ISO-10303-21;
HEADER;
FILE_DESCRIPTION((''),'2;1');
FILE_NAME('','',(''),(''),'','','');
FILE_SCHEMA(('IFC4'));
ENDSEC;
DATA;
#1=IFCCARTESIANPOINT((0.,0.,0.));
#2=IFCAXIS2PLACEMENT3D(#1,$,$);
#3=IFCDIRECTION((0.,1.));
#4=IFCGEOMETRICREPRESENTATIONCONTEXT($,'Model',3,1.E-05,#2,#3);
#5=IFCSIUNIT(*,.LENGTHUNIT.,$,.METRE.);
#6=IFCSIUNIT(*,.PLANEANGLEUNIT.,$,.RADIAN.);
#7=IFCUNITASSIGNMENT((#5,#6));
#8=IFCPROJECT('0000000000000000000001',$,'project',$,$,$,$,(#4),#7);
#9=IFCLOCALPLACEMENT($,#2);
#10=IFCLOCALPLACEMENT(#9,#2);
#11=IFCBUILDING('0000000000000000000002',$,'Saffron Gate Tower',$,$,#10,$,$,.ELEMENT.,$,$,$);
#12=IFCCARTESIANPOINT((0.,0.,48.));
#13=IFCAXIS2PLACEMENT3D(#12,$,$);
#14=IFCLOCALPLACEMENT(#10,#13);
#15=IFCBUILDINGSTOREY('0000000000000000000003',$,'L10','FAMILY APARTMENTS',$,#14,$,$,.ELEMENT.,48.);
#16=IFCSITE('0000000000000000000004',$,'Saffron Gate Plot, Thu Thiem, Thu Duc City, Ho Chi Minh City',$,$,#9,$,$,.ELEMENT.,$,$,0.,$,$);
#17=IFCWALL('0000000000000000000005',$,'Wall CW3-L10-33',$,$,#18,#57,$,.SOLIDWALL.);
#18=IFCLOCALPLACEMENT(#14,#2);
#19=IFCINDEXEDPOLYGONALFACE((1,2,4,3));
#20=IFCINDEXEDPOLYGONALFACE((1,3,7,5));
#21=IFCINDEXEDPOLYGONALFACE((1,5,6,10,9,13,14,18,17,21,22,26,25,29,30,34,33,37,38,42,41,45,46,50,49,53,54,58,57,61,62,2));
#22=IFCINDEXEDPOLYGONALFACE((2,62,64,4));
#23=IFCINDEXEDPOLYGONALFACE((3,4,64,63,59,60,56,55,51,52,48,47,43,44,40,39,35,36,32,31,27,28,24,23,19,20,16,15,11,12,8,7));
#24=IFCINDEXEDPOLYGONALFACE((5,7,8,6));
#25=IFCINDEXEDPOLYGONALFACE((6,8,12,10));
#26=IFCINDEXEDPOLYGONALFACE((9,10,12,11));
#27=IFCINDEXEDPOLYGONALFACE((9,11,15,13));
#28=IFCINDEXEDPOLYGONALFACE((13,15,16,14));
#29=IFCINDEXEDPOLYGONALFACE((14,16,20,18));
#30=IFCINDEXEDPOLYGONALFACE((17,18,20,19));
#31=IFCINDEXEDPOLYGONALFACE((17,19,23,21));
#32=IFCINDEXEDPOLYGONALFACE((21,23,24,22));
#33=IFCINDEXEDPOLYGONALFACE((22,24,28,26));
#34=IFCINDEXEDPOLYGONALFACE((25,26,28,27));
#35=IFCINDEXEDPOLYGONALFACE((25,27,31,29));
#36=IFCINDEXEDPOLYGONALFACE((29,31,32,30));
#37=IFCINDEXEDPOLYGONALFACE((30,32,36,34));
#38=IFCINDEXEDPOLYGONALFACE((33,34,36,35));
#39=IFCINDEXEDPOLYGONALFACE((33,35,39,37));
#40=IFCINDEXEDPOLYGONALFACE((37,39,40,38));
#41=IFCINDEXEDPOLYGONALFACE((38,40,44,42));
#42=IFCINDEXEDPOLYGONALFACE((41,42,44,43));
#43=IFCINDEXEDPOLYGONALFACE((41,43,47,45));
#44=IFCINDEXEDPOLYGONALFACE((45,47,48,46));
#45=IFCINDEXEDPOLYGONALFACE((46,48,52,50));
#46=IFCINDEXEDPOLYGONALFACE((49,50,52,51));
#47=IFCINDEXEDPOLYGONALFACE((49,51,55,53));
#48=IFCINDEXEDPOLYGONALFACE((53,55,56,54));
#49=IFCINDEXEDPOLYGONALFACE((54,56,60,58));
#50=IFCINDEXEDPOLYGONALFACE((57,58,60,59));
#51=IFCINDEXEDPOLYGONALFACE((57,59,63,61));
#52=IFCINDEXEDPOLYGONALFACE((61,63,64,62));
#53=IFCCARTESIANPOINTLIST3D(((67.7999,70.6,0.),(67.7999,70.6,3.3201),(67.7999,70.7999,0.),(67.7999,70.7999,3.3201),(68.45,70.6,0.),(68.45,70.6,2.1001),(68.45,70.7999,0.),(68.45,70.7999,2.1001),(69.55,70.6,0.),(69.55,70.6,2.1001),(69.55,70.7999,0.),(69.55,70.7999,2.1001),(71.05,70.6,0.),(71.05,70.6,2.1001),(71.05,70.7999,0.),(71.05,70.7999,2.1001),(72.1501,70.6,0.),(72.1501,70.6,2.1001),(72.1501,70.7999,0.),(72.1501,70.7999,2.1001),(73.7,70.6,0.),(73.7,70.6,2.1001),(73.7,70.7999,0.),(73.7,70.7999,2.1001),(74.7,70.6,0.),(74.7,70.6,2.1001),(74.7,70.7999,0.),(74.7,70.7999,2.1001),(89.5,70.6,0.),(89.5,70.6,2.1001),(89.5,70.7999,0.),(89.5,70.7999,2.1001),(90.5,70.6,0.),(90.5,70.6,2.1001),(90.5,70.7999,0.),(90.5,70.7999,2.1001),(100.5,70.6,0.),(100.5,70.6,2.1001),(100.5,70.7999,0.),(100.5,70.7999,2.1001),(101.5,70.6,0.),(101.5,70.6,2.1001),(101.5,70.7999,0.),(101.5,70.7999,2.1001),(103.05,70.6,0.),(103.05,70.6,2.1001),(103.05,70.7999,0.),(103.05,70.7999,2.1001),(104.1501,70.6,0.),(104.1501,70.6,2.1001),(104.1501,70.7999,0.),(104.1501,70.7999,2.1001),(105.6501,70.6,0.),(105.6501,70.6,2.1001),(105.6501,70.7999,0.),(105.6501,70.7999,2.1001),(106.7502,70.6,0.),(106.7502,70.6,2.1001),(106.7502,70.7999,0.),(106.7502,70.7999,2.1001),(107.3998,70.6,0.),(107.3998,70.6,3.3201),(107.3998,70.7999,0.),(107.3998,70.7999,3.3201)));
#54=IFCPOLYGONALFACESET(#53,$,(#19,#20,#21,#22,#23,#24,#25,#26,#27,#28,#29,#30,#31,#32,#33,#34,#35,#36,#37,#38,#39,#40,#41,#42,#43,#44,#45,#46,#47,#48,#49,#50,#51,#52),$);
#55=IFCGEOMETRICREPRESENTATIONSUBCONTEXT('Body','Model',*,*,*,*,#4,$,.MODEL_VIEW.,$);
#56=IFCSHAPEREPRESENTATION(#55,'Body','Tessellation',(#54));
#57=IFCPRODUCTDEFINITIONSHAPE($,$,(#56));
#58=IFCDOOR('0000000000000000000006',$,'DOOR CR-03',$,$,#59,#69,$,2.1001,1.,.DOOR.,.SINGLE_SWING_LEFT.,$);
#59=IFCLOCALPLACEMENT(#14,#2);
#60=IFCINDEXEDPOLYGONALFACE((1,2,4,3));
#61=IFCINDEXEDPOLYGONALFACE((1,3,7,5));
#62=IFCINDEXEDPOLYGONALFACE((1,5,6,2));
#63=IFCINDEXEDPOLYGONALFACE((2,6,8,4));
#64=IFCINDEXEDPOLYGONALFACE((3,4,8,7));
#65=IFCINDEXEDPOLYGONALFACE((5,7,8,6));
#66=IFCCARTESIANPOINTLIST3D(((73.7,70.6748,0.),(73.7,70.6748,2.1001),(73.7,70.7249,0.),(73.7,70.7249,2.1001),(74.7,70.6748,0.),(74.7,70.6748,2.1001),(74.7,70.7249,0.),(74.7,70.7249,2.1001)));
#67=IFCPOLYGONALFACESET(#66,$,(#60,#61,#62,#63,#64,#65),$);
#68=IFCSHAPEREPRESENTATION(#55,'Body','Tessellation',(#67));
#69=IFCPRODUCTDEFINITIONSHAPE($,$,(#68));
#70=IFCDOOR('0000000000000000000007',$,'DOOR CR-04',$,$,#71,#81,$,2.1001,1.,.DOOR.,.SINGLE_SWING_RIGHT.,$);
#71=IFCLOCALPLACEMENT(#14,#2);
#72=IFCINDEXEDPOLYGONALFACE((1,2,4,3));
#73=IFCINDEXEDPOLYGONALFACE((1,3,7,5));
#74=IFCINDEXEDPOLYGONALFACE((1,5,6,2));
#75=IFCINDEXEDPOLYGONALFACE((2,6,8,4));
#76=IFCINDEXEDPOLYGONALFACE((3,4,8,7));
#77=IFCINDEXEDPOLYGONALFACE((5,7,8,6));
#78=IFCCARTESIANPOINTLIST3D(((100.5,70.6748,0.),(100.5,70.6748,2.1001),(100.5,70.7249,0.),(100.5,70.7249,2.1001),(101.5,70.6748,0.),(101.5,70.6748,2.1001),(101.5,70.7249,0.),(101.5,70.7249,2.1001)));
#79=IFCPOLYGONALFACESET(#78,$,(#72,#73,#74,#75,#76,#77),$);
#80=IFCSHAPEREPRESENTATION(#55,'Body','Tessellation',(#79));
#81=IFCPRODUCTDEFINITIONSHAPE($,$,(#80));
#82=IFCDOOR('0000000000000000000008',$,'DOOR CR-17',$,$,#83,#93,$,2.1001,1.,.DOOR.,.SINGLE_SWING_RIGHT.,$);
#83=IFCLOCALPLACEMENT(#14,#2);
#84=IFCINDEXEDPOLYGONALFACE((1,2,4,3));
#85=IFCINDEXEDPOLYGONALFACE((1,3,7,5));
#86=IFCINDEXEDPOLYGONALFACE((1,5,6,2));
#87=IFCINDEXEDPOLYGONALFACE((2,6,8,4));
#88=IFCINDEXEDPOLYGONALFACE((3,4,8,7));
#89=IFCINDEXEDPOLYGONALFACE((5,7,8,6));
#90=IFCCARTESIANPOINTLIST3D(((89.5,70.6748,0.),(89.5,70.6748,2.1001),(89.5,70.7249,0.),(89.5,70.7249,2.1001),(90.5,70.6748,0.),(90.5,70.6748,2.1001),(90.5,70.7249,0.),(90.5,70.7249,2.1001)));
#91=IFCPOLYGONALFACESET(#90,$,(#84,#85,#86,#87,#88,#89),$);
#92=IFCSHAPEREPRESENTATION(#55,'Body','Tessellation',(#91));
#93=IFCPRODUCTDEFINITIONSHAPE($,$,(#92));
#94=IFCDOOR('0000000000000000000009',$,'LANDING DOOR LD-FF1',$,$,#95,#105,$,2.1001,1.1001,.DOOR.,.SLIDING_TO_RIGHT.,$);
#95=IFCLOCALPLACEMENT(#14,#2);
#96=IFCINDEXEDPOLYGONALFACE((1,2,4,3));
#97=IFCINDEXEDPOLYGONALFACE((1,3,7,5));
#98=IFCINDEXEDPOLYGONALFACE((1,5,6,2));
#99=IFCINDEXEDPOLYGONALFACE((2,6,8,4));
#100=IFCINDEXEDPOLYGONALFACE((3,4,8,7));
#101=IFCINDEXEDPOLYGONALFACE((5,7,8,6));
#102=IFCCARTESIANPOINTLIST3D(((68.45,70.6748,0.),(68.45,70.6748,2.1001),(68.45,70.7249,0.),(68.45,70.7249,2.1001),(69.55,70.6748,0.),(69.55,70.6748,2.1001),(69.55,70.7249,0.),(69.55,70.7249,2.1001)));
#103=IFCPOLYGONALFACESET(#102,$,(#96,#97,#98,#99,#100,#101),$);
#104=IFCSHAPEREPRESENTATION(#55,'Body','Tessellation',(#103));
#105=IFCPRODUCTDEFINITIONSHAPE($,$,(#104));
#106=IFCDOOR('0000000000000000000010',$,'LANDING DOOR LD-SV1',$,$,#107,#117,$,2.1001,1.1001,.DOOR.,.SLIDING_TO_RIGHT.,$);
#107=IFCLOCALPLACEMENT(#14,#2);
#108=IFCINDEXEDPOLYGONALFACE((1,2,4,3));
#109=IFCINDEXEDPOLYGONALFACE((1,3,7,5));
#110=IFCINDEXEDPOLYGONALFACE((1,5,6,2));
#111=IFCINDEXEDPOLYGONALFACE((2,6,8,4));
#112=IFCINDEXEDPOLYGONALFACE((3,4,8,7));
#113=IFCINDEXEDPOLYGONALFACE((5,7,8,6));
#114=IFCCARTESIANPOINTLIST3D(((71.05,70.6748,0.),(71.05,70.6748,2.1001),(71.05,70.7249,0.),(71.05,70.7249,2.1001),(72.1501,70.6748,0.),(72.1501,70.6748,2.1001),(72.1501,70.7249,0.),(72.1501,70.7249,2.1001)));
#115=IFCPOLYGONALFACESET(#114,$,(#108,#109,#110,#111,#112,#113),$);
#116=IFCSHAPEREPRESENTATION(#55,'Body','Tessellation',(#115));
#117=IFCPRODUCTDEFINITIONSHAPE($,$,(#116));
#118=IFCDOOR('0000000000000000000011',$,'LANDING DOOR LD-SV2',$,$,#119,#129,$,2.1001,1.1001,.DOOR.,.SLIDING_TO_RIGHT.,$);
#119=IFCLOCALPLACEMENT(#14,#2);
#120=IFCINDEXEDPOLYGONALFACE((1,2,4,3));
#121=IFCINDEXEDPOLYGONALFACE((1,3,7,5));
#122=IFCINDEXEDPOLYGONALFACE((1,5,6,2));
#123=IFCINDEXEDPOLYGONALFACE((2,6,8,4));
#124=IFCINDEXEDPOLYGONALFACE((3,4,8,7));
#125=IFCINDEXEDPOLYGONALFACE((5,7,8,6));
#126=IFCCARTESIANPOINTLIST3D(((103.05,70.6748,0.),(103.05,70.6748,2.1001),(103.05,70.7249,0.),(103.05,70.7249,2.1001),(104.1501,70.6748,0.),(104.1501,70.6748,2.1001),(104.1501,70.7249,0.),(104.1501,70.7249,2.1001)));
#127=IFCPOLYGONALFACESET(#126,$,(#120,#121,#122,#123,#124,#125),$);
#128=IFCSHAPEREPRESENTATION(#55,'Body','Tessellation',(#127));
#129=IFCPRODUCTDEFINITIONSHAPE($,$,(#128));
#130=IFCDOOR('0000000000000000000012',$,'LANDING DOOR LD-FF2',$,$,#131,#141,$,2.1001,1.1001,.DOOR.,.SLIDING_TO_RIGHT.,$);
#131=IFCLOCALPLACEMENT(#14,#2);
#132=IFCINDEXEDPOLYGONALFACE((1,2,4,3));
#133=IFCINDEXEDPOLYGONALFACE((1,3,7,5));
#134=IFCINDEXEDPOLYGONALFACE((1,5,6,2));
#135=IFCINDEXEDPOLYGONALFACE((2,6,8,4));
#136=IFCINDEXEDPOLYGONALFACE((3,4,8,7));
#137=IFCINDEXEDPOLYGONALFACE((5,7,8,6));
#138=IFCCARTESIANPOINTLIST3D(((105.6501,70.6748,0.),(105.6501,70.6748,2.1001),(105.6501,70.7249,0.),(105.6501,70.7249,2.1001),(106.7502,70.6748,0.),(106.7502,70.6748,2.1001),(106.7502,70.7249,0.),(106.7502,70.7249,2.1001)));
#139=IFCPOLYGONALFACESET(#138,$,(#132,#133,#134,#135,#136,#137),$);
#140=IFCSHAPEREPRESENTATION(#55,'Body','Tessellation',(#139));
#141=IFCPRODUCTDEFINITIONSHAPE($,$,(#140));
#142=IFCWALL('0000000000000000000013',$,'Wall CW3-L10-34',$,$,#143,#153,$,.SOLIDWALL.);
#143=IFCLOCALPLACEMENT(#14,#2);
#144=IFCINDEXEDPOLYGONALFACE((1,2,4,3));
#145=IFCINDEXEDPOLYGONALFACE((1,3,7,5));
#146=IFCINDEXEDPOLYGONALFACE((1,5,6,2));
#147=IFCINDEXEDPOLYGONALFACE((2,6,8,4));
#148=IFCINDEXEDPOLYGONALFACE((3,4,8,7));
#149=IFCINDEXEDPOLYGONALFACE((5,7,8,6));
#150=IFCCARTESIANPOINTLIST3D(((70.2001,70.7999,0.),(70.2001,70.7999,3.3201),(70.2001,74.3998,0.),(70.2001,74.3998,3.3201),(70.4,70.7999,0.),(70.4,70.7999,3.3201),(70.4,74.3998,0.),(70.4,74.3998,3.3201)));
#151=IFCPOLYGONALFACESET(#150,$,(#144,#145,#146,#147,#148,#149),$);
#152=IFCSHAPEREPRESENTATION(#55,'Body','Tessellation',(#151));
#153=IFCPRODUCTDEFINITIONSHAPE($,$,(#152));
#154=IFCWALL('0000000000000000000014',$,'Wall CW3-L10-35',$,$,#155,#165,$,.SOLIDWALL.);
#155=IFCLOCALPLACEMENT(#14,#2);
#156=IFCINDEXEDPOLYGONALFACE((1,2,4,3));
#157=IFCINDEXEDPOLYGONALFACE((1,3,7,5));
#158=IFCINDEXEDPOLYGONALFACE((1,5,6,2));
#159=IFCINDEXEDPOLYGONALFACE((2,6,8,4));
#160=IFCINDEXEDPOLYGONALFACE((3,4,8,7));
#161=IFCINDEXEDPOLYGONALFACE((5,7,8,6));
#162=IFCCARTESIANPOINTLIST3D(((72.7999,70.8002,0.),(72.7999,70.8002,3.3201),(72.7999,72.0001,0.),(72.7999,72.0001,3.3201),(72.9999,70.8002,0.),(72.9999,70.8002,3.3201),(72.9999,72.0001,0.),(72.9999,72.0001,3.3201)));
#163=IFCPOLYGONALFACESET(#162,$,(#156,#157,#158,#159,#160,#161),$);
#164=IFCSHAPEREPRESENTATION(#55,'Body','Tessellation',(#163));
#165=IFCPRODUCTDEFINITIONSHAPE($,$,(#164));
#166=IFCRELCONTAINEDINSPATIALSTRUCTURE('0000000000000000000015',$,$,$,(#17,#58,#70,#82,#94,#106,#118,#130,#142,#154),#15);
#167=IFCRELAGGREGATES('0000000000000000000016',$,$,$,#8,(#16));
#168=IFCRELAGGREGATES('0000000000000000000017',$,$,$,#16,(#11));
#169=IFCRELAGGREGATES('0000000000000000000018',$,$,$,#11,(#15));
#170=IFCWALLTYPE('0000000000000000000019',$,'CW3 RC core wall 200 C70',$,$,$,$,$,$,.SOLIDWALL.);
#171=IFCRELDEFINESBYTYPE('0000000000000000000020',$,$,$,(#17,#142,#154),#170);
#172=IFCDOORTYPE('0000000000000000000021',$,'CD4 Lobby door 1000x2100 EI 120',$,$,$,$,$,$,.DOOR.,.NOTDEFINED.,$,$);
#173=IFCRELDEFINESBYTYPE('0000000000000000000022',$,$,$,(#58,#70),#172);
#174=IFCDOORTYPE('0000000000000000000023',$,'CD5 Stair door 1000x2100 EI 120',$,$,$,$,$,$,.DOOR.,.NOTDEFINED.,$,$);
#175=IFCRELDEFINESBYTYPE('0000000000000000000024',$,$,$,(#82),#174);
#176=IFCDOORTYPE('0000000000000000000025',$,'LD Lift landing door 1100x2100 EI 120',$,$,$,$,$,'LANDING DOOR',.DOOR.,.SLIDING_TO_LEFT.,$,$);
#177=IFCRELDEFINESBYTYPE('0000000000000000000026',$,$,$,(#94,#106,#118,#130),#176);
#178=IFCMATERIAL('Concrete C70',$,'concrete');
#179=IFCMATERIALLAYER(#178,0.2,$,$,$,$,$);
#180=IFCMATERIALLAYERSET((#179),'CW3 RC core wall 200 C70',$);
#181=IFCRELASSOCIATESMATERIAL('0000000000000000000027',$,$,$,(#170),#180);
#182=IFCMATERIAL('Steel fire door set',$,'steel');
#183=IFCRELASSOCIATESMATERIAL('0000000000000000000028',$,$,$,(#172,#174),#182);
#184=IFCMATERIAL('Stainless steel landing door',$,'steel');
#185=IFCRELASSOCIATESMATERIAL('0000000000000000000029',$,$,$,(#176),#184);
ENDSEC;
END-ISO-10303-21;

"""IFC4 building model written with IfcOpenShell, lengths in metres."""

from ifc_helpers import new_model, si_unit, direction, frame, frame_2d, origin, place, context, subcontext, project, spatial, rectangle, extrude, material, layer, layer_set, type_object, element, fill, save


model = new_model("IFC4")

# Units and contexts
model_context = context("Model", 3, precision=1e-05, world=origin(), true_north=direction((0.0, 1.0)))
body_context = subcontext(model_context, "Body", "Model", "MODEL_VIEW")
ifc_project = project(units=[si_unit("LENGTHUNIT", "METRE"), si_unit("PLANEANGLEUNIT", "RADIAN")], contexts=[model_context])

# Site, building, storey
site_placement = place(None, origin())
site = spatial("IfcSite", under=ifc_project, at=site_placement, Name="Saffron Gate Plot, Thu Thiem, Thu Duc City, Ho Chi Minh City", CompositionType="ELEMENT", RefElevation=0.0)
building_placement = place(site_placement, origin())
building = spatial("IfcBuilding", under=site, at=building_placement, Name="Saffron Gate Tower", CompositionType="ELEMENT")
storey_placement = place(building_placement, frame((0.0, 0.0, 48.0)))
storey = spatial("IfcBuildingStorey", under=building, at=storey_placement, Name="L10", Description="FAMILY APARTMENTS", CompositionType="ELEMENT", Elevation=48.0)

# Shared definitions
ifc_material_1 = material(Name="Concrete C70", Category="concrete")

# Wall, openings, doors
ifc_layer_1 = layer(ifc_material_1, 0.2)
ifc_layer_set_1 = layer_set([ifc_layer_1], Name="CW3 RC core wall 200 C70")
wall_type_1 = type_object("IfcWallType", Name="CW3 RC core wall 200 C70", PredefinedType="SOLIDWALL", material=ifc_layer_set_1)
wall_1_placement = place(storey_placement, frame((67.8, 70.7, 0.0), z_axis=(0.0, 0.0, 1.0), x_axis=(1.0, 0.0, 0.0)))
wall_1 = element("IfcWall", 1, at=wall_1_placement, inside=storey, type_object=wall_type_1, Name="Wall CW3-L10-33", PredefinedType="SOLIDWALL", context=body_context, shape_type="SweptSolid", body=[
    extrude(rectangle(XDim=39.5999, YDim=0.2, at=frame_2d((19.7998, 0.0))), origin(), (0.0, 0.0, 1.0), 3.3201),
])
opening_1_placement = place(wall_1_placement, frame((0.6499, 0.0, 0.0)))
opening_1 = element("IfcOpeningElement", 2, at=opening_1_placement, cuts=wall_1, PredefinedType="OPENING", context=body_context, shape_type="SweptSolid", body=[
    extrude(rectangle(XDim=1.1001, YDim=2.1001, at=frame_2d((0.55, 1.05))), frame((0.0, 0.1099, 0.0), z_axis=(0.0, -1.0, 0.0), x_axis=(1.0, 0.0, 0.0)), (0.0, 0.0, 1.0), 0.22),
])
opening_2_placement = place(wall_1_placement, frame((3.25, 0.0, 0.0)))
opening_2 = element("IfcOpeningElement", 3, at=opening_2_placement, cuts=wall_1, PredefinedType="OPENING", context=body_context, shape_type="SweptSolid", body=[
    extrude(rectangle(XDim=1.1001, YDim=2.1001, at=frame_2d((0.55, 1.05))), frame((0.0, 0.1099, 0.0), z_axis=(0.0, -1.0, 0.0), x_axis=(1.0, 0.0, 0.0)), (0.0, 0.0, 1.0), 0.22),
])
opening_3_placement = place(wall_1_placement, frame((5.8999, 0.0, 0.0)))
opening_3 = element("IfcOpeningElement", 4, at=opening_3_placement, cuts=wall_1, PredefinedType="OPENING", context=body_context, shape_type="SweptSolid", body=[
    extrude(rectangle(XDim=1.0, YDim=2.1001, at=frame_2d((0.5, 1.05))), frame((0.0, 0.1099, 0.0), z_axis=(0.0, -1.0, 0.0), x_axis=(1.0, 0.0, 0.0)), (0.0, 0.0, 1.0), 0.22),
])
opening_4_placement = place(wall_1_placement, frame((21.7, 0.0, 0.0)))
opening_4 = element("IfcOpeningElement", 5, at=opening_4_placement, cuts=wall_1, PredefinedType="OPENING", context=body_context, shape_type="SweptSolid", body=[
    extrude(rectangle(XDim=1.0, YDim=2.1001, at=frame_2d((0.5, 1.05))), frame((0.0, 0.1099, 0.0), z_axis=(0.0, -1.0, 0.0), x_axis=(1.0, 0.0, 0.0)), (0.0, 0.0, 1.0), 0.22),
])
opening_5_placement = place(wall_1_placement, frame((32.7, 0.0, 0.0)))
opening_5 = element("IfcOpeningElement", 6, at=opening_5_placement, cuts=wall_1, PredefinedType="OPENING", context=body_context, shape_type="SweptSolid", body=[
    extrude(rectangle(XDim=1.0, YDim=2.1001, at=frame_2d((0.5, 1.05))), frame((0.0, 0.1099, 0.0), z_axis=(0.0, -1.0, 0.0), x_axis=(1.0, 0.0, 0.0)), (0.0, 0.0, 1.0), 0.22),
])
opening_6_placement = place(wall_1_placement, frame((35.25, 0.0, 0.0)))
opening_6 = element("IfcOpeningElement", 7, at=opening_6_placement, cuts=wall_1, PredefinedType="OPENING", context=body_context, shape_type="SweptSolid", body=[
    extrude(rectangle(XDim=1.1001, YDim=2.1001, at=frame_2d((0.55, 1.05))), frame((0.0, 0.1099, 0.0), z_axis=(0.0, -1.0, 0.0), x_axis=(1.0, 0.0, 0.0)), (0.0, 0.0, 1.0), 0.22),
])
opening_7_placement = place(wall_1_placement, frame((37.8501, 0.0, 0.0)))
opening_7 = element("IfcOpeningElement", 8, at=opening_7_placement, cuts=wall_1, PredefinedType="OPENING", context=body_context, shape_type="SweptSolid", body=[
    extrude(rectangle(XDim=1.1001, YDim=2.1001, at=frame_2d((0.55, 1.05))), frame((0.0, 0.1099, 0.0), z_axis=(0.0, -1.0, 0.0), x_axis=(1.0, 0.0, 0.0)), (0.0, 0.0, 1.0), 0.22),
])
ifc_material_2 = material(Name="Steel fire door set", Category="steel")
door_type_1 = type_object("IfcDoorType", Name="CD4 Lobby door 1000x2100 EI 120", OperationType="NOTDEFINED", PredefinedType="DOOR", material=ifc_material_2)
door_1_placement = place(opening_3_placement, origin())
door_1 = element("IfcDoor", 9, at=door_1_placement, inside=storey, type_object=door_type_1, Name="DOOR CR-03", OperationType="SINGLE_SWING_LEFT", OverallHeight=2.1001, OverallWidth=1.0, PredefinedType="DOOR", context=body_context, shape_type="SweptSolid", body=[
    extrude(rectangle(XDim=1.0, YDim=2.1001, at=frame_2d((0.5, 1.05))), frame((0.0, 0.0249, 0.0), z_axis=(0.0, -1.0, 0.0), x_axis=(1.0, 0.0, 0.0)), (0.0, 0.0, 1.0), 0.05),
])
fill(opening_3, door_1)
door_2_placement = place(opening_5_placement, origin())
door_2 = element("IfcDoor", 10, at=door_2_placement, inside=storey, type_object=door_type_1, Name="DOOR CR-04", OperationType="SINGLE_SWING_RIGHT", OverallHeight=2.1001, OverallWidth=1.0, PredefinedType="DOOR", context=body_context, shape_type="SweptSolid", body=[
    extrude(rectangle(XDim=1.0, YDim=2.1001, at=frame_2d((0.5, 1.05))), frame((0.0, 0.0249, 0.0), z_axis=(0.0, -1.0, 0.0), x_axis=(1.0, 0.0, 0.0)), (0.0, 0.0, 1.0), 0.05),
])
fill(opening_5, door_2)
door_type_2 = type_object("IfcDoorType", Name="CD5 Stair door 1000x2100 EI 120", OperationType="NOTDEFINED", PredefinedType="DOOR", material=ifc_material_2)
door_3_placement = place(opening_4_placement, origin())
door_3 = element("IfcDoor", 11, at=door_3_placement, inside=storey, type_object=door_type_2, Name="DOOR CR-17", OperationType="SINGLE_SWING_RIGHT", OverallHeight=2.1001, OverallWidth=1.0, PredefinedType="DOOR", context=body_context, shape_type="SweptSolid", body=[
    extrude(rectangle(XDim=1.0, YDim=2.1001, at=frame_2d((0.5, 1.05))), frame((0.0, 0.0249, 0.0), z_axis=(0.0, -1.0, 0.0), x_axis=(1.0, 0.0, 0.0)), (0.0, 0.0, 1.0), 0.05),
])
fill(opening_4, door_3)
ifc_material_3 = material(Name="Stainless steel landing door", Category="steel")
door_type_3 = type_object("IfcDoorType", Name="LD Lift landing door 1100x2100 EI 120", ElementType="LANDING DOOR", OperationType="SLIDING_TO_LEFT", PredefinedType="DOOR", material=ifc_material_3)
door_4_placement = place(opening_1_placement, origin())
door_4 = element("IfcDoor", 12, at=door_4_placement, inside=storey, type_object=door_type_3, Name="LANDING DOOR LD-FF1", OperationType="SLIDING_TO_RIGHT", OverallHeight=2.1001, OverallWidth=1.1001, PredefinedType="DOOR", context=body_context, shape_type="SweptSolid", body=[
    extrude(rectangle(XDim=1.1001, YDim=2.1001, at=frame_2d((0.55, 1.05))), frame((0.0, 0.0249, 0.0), z_axis=(0.0, -1.0, 0.0), x_axis=(1.0, 0.0, 0.0)), (0.0, 0.0, 1.0), 0.05),
])
fill(opening_1, door_4)
door_5_placement = place(opening_2_placement, origin())
door_5 = element("IfcDoor", 13, at=door_5_placement, inside=storey, type_object=door_type_3, Name="LANDING DOOR LD-SV1", OperationType="SLIDING_TO_RIGHT", OverallHeight=2.1001, OverallWidth=1.1001, PredefinedType="DOOR", context=body_context, shape_type="SweptSolid", body=[
    extrude(rectangle(XDim=1.1001, YDim=2.1001, at=frame_2d((0.55, 1.05))), frame((0.0, 0.0249, 0.0), z_axis=(0.0, -1.0, 0.0), x_axis=(1.0, 0.0, 0.0)), (0.0, 0.0, 1.0), 0.05),
])
fill(opening_2, door_5)
door_6_placement = place(opening_6_placement, origin())
door_6 = element("IfcDoor", 14, at=door_6_placement, inside=storey, type_object=door_type_3, Name="LANDING DOOR LD-SV2", OperationType="SLIDING_TO_RIGHT", OverallHeight=2.1001, OverallWidth=1.1001, PredefinedType="DOOR", context=body_context, shape_type="SweptSolid", body=[
    extrude(rectangle(XDim=1.1001, YDim=2.1001, at=frame_2d((0.55, 1.05))), frame((0.0, 0.0249, 0.0), z_axis=(0.0, -1.0, 0.0), x_axis=(1.0, 0.0, 0.0)), (0.0, 0.0, 1.0), 0.05),
])
fill(opening_6, door_6)
door_7_placement = place(opening_7_placement, origin())
door_7 = element("IfcDoor", 15, at=door_7_placement, inside=storey, type_object=door_type_3, Name="LANDING DOOR LD-FF2", OperationType="SLIDING_TO_RIGHT", OverallHeight=2.1001, OverallWidth=1.1001, PredefinedType="DOOR", context=body_context, shape_type="SweptSolid", body=[
    extrude(rectangle(XDim=1.1001, YDim=2.1001, at=frame_2d((0.55, 1.05))), frame((0.0, 0.0249, 0.0), z_axis=(0.0, -1.0, 0.0), x_axis=(1.0, 0.0, 0.0)), (0.0, 0.0, 1.0), 0.05),
])
fill(opening_7, door_7)

# Walls
wall_2_placement = place(storey_placement, frame((70.3, 70.8, 0.0), z_axis=(0.0, 0.0, 1.0), x_axis=(0.0, 1.0, 0.0)))
element("IfcWall", 16, at=wall_2_placement, inside=storey, type_object=wall_type_1, Name="Wall CW3-L10-34", PredefinedType="SOLIDWALL", context=body_context, shape_type="SweptSolid", body=[
    extrude(rectangle(XDim=3.5999, YDim=0.2, at=frame_2d((1.7998, 0.0))), origin(), (0.0, 0.0, 1.0), 3.3201),
])
wall_3_placement = place(storey_placement, frame((72.8999, 70.8, 0.0), z_axis=(0.0, 0.0, 1.0), x_axis=(0.0, 1.0, 0.0)))
element("IfcWall", 17, at=wall_3_placement, inside=storey, type_object=wall_type_1, Name="Wall CW3-L10-35", PredefinedType="SOLIDWALL", context=body_context, shape_type="SweptSolid", body=[
    extrude(rectangle(XDim=1.2, YDim=0.2, at=frame_2d((0.6001, 0.0))), origin(), (0.0, 0.0, 1.0), 3.3201),
])

save(model, "model.ifc")
